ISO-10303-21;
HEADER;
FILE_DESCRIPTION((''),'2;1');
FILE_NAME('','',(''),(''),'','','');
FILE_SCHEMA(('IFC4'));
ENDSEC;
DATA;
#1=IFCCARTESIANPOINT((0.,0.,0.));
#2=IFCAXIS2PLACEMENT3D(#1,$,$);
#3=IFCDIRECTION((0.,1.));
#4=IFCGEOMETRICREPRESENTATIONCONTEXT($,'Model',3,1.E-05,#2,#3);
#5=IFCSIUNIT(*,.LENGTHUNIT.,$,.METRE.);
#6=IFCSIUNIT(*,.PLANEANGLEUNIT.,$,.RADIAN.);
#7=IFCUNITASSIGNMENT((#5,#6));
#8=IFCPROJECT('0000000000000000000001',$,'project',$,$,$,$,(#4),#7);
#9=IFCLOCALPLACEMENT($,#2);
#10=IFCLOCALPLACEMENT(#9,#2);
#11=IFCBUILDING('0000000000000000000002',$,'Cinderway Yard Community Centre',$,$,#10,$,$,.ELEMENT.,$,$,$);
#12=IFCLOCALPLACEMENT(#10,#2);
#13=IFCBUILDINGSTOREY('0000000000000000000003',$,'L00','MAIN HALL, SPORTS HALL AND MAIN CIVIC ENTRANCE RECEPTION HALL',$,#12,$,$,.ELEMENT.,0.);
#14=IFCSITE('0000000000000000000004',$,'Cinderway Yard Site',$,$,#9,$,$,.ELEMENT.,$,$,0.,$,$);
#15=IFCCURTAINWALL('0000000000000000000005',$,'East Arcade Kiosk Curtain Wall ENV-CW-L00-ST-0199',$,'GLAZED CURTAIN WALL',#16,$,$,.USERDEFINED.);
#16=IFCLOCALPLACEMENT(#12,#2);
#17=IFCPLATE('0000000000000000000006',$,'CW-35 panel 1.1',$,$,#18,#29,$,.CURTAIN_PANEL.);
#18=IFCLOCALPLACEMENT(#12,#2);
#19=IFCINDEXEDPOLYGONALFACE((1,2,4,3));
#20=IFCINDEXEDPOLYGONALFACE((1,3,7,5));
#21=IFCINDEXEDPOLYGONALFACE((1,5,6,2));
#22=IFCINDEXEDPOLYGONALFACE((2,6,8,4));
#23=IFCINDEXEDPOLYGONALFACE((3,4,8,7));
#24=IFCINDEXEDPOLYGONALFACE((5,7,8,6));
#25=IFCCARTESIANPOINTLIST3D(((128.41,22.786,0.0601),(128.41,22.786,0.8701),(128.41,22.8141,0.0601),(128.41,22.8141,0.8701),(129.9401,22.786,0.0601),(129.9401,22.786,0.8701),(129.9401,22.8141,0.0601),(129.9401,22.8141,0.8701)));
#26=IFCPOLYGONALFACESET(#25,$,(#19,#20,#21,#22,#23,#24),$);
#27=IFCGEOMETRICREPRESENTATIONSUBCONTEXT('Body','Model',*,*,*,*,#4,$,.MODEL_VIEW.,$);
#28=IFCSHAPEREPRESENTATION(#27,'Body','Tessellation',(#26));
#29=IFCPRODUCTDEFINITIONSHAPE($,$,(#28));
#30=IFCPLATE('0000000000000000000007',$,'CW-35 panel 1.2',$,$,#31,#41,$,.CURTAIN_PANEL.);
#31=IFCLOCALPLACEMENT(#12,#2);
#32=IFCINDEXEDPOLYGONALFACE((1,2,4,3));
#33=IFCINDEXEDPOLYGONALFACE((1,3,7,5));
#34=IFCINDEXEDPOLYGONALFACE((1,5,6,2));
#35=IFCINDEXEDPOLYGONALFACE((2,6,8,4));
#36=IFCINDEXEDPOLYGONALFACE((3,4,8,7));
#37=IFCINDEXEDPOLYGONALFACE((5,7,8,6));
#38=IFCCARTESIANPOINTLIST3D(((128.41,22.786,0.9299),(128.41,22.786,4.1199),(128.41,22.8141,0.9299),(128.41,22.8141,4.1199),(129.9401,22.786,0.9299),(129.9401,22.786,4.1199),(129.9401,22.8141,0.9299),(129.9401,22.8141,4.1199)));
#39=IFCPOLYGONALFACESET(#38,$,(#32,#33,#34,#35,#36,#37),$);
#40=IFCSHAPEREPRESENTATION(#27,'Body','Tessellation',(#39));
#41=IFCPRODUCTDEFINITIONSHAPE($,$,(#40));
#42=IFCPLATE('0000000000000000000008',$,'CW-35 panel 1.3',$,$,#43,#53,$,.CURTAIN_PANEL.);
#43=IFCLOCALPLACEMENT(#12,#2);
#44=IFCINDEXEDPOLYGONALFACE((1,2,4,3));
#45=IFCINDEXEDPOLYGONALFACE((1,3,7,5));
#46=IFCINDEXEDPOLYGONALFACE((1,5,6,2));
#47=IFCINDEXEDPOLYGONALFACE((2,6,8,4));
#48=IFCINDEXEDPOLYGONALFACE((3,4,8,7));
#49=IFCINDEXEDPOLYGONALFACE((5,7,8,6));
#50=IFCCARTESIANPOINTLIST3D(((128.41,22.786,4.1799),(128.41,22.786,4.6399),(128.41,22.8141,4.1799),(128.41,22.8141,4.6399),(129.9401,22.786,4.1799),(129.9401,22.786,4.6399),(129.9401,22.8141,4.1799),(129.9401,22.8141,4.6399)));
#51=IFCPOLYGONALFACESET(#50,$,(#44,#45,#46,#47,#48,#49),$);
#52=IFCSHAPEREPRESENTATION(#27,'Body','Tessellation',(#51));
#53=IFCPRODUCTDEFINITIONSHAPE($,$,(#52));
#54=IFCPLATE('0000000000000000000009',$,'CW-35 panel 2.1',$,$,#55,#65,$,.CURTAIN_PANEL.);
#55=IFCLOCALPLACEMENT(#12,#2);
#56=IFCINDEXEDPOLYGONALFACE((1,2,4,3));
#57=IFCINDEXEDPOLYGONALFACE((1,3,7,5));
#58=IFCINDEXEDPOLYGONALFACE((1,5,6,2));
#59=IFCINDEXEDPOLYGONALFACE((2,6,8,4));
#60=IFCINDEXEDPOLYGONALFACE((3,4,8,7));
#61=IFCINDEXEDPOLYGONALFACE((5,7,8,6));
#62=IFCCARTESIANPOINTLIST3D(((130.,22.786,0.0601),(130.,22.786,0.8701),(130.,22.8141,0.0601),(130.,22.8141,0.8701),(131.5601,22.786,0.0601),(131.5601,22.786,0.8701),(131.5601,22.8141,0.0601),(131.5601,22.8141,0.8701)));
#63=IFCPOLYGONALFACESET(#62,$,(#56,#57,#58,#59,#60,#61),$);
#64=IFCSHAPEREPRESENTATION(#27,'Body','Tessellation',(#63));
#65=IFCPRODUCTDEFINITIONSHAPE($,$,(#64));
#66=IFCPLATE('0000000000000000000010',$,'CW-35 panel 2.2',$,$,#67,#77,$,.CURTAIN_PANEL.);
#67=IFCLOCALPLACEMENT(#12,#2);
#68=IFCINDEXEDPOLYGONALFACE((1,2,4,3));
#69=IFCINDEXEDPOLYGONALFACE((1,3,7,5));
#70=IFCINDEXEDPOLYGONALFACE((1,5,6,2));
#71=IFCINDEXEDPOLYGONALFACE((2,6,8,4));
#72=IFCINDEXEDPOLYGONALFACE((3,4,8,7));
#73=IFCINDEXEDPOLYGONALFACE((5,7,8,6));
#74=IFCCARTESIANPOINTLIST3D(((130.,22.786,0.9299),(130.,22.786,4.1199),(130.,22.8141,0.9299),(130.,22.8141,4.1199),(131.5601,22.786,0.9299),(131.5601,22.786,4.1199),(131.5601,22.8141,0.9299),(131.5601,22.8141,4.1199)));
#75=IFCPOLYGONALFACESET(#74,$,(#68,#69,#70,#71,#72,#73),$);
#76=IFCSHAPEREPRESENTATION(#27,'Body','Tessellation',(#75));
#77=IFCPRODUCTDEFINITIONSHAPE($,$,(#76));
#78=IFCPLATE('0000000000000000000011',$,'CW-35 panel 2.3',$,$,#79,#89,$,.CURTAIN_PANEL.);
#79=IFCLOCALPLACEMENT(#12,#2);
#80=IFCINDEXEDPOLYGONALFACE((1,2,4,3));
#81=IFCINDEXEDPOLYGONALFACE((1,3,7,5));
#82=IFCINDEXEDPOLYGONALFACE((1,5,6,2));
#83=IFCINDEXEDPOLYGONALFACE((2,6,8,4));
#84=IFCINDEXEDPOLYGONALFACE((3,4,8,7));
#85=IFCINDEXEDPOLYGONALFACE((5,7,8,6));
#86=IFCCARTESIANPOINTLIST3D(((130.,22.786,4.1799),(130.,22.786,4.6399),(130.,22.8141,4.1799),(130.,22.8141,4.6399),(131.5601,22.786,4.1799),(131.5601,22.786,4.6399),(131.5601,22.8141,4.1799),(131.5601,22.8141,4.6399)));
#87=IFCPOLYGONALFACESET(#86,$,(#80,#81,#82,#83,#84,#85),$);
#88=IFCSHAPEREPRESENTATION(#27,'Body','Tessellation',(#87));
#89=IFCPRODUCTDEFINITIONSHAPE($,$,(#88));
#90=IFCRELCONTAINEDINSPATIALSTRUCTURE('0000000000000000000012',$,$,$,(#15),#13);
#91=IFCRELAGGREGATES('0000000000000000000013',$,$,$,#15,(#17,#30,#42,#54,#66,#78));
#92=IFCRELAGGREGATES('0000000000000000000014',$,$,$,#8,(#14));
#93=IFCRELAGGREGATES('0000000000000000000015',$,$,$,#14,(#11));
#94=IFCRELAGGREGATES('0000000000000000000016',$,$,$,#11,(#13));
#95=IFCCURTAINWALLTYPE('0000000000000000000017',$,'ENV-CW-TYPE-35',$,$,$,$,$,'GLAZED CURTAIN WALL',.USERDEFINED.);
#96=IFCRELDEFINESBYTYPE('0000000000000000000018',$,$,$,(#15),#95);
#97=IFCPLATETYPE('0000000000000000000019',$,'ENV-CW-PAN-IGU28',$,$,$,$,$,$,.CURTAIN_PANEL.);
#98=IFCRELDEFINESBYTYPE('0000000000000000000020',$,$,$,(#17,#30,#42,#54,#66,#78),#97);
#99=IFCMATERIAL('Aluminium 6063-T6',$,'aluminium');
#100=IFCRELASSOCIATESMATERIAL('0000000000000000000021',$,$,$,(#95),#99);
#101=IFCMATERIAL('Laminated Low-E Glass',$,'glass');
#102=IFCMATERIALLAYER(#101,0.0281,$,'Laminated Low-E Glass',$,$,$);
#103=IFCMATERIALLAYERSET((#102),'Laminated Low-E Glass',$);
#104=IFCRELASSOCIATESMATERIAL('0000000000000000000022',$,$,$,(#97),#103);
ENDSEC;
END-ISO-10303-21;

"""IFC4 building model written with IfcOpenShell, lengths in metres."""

from ifc_helpers import new_model, si_unit, direction, frame, origin, origin_2d, place, context, subcontext, project, spatial, rectangle, extrude, material, layer, layer_set, type_object, element, aggregate, save


model = new_model("IFC4")

# Units and contexts
model_context = context("Model", 3, precision=1e-05, world=origin(), true_north=direction((0.0, 1.0)))
body_context = subcontext(model_context, "Body", "Model", "MODEL_VIEW")
ifc_project = project(units=[si_unit("LENGTHUNIT", "METRE"), si_unit("PLANEANGLEUNIT", "RADIAN")], contexts=[model_context])

# Site, building, storey
site_placement = place(None, origin())
site = spatial("IfcSite", under=ifc_project, at=site_placement, Name="Cinderway Yard Site", CompositionType="ELEMENT", RefElevation=0.0)
building_placement = place(site_placement, origin())
building = spatial("IfcBuilding", under=site, at=building_placement, Name="Cinderway Yard Community Centre", CompositionType="ELEMENT")
storey_placement = place(building_placement, origin())
storey = spatial("IfcBuildingStorey", under=building, at=storey_placement, Name="L00", Description="MAIN HALL, SPORTS HALL AND MAIN CIVIC ENTRANCE RECEPTION HALL", CompositionType="ELEMENT", Elevation=0.0)

# Curtain wall, plates
ifc_material_1 = material(Name="Aluminium 6063-T6", Category="aluminium")
curtain_wall_type = type_object("IfcCurtainWallType", Name="ENV-CW-TYPE-35", ElementType="GLAZED CURTAIN WALL", PredefinedType="USERDEFINED", material=ifc_material_1)
curtain_wall_placement = place(storey_placement, origin())
curtain_wall = element("IfcCurtainWall", 1, at=curtain_wall_placement, inside=storey, type_object=curtain_wall_type, Name="East Arcade Kiosk Curtain Wall ENV-CW-L00-ST-0199", ObjectType="GLAZED CURTAIN WALL", PredefinedType="USERDEFINED")
ifc_material_2 = material(Name="Laminated Low-E Glass", Category="glass")
ifc_layer = layer(ifc_material_2, 0.0281, Name="Laminated Low-E Glass")
ifc_layer_set = layer_set([ifc_layer], Name="Laminated Low-E Glass")
plate_type = type_object("IfcPlateType", Name="ENV-CW-PAN-IGU28", PredefinedType="CURTAIN_PANEL", material=ifc_layer_set)
plate_1_placement = place(storey_placement, frame((129.175, 22.8, 0.0601), z_axis=(0.0, 0.0, 1.0), x_axis=(1.0, 0.0, 0.0)))
plate_1 = element("IfcPlate", 2, at=plate_1_placement, type_object=plate_type, Name="CW-35 panel 1.1", PredefinedType="CURTAIN_PANEL", context=body_context, shape_type="SweptSolid", body=[
    extrude(rectangle(XDim=1.53, YDim=0.0281, at=origin_2d()), origin(), (0.0, 0.0, 1.0), 0.8101),
])
plate_2_placement = place(storey_placement, frame((129.175, 22.8, 0.9299), z_axis=(0.0, 0.0, 1.0), x_axis=(1.0, 0.0, 0.0)))
plate_2 = element("IfcPlate", 3, at=plate_2_placement, type_object=plate_type, Name="CW-35 panel 1.2", PredefinedType="CURTAIN_PANEL", context=body_context, shape_type="SweptSolid", body=[
    extrude(rectangle(XDim=1.53, YDim=0.0281, at=origin_2d()), origin(), (0.0, 0.0, 1.0), 3.1899),
])
plate_3_placement = place(storey_placement, frame((129.175, 22.8, 4.1799), z_axis=(0.0, 0.0, 1.0), x_axis=(1.0, 0.0, 0.0)))
plate_3 = element("IfcPlate", 4, at=plate_3_placement, type_object=plate_type, Name="CW-35 panel 1.3", PredefinedType="CURTAIN_PANEL", context=body_context, shape_type="SweptSolid", body=[
    extrude(rectangle(XDim=1.53, YDim=0.0281, at=origin_2d()), origin(), (0.0, 0.0, 1.0), 0.46),
])
plate_4_placement = place(storey_placement, frame((130.78, 22.8, 0.0601), z_axis=(0.0, 0.0, 1.0), x_axis=(1.0, 0.0, 0.0)))
plate_4 = element("IfcPlate", 5, at=plate_4_placement, type_object=plate_type, Name="CW-35 panel 2.1", PredefinedType="CURTAIN_PANEL", context=body_context, shape_type="SweptSolid", body=[
    extrude(rectangle(XDim=1.5601, YDim=0.0281, at=origin_2d()), origin(), (0.0, 0.0, 1.0), 0.8101),
])
plate_5_placement = place(storey_placement, frame((130.78, 22.8, 0.9299), z_axis=(0.0, 0.0, 1.0), x_axis=(1.0, 0.0, 0.0)))
plate_5 = element("IfcPlate", 6, at=plate_5_placement, type_object=plate_type, Name="CW-35 panel 2.2", PredefinedType="CURTAIN_PANEL", context=body_context, shape_type="SweptSolid", body=[
    extrude(rectangle(XDim=1.5601, YDim=0.0281, at=origin_2d()), origin(), (0.0, 0.0, 1.0), 3.1899),
])
plate_6_placement = place(storey_placement, frame((130.78, 22.8, 4.1799), z_axis=(0.0, 0.0, 1.0), x_axis=(1.0, 0.0, 0.0)))
plate_6 = element("IfcPlate", 7, at=plate_6_placement, type_object=plate_type, Name="CW-35 panel 2.3", PredefinedType="CURTAIN_PANEL", context=body_context, shape_type="SweptSolid", body=[
    extrude(rectangle(XDim=1.5601, YDim=0.0281, at=origin_2d()), origin(), (0.0, 0.0, 1.0), 0.46),
])
aggregate(curtain_wall, [plate_1, plate_2, plate_3, plate_4, plate_5, plate_6])

save(model, "model.ifc")
